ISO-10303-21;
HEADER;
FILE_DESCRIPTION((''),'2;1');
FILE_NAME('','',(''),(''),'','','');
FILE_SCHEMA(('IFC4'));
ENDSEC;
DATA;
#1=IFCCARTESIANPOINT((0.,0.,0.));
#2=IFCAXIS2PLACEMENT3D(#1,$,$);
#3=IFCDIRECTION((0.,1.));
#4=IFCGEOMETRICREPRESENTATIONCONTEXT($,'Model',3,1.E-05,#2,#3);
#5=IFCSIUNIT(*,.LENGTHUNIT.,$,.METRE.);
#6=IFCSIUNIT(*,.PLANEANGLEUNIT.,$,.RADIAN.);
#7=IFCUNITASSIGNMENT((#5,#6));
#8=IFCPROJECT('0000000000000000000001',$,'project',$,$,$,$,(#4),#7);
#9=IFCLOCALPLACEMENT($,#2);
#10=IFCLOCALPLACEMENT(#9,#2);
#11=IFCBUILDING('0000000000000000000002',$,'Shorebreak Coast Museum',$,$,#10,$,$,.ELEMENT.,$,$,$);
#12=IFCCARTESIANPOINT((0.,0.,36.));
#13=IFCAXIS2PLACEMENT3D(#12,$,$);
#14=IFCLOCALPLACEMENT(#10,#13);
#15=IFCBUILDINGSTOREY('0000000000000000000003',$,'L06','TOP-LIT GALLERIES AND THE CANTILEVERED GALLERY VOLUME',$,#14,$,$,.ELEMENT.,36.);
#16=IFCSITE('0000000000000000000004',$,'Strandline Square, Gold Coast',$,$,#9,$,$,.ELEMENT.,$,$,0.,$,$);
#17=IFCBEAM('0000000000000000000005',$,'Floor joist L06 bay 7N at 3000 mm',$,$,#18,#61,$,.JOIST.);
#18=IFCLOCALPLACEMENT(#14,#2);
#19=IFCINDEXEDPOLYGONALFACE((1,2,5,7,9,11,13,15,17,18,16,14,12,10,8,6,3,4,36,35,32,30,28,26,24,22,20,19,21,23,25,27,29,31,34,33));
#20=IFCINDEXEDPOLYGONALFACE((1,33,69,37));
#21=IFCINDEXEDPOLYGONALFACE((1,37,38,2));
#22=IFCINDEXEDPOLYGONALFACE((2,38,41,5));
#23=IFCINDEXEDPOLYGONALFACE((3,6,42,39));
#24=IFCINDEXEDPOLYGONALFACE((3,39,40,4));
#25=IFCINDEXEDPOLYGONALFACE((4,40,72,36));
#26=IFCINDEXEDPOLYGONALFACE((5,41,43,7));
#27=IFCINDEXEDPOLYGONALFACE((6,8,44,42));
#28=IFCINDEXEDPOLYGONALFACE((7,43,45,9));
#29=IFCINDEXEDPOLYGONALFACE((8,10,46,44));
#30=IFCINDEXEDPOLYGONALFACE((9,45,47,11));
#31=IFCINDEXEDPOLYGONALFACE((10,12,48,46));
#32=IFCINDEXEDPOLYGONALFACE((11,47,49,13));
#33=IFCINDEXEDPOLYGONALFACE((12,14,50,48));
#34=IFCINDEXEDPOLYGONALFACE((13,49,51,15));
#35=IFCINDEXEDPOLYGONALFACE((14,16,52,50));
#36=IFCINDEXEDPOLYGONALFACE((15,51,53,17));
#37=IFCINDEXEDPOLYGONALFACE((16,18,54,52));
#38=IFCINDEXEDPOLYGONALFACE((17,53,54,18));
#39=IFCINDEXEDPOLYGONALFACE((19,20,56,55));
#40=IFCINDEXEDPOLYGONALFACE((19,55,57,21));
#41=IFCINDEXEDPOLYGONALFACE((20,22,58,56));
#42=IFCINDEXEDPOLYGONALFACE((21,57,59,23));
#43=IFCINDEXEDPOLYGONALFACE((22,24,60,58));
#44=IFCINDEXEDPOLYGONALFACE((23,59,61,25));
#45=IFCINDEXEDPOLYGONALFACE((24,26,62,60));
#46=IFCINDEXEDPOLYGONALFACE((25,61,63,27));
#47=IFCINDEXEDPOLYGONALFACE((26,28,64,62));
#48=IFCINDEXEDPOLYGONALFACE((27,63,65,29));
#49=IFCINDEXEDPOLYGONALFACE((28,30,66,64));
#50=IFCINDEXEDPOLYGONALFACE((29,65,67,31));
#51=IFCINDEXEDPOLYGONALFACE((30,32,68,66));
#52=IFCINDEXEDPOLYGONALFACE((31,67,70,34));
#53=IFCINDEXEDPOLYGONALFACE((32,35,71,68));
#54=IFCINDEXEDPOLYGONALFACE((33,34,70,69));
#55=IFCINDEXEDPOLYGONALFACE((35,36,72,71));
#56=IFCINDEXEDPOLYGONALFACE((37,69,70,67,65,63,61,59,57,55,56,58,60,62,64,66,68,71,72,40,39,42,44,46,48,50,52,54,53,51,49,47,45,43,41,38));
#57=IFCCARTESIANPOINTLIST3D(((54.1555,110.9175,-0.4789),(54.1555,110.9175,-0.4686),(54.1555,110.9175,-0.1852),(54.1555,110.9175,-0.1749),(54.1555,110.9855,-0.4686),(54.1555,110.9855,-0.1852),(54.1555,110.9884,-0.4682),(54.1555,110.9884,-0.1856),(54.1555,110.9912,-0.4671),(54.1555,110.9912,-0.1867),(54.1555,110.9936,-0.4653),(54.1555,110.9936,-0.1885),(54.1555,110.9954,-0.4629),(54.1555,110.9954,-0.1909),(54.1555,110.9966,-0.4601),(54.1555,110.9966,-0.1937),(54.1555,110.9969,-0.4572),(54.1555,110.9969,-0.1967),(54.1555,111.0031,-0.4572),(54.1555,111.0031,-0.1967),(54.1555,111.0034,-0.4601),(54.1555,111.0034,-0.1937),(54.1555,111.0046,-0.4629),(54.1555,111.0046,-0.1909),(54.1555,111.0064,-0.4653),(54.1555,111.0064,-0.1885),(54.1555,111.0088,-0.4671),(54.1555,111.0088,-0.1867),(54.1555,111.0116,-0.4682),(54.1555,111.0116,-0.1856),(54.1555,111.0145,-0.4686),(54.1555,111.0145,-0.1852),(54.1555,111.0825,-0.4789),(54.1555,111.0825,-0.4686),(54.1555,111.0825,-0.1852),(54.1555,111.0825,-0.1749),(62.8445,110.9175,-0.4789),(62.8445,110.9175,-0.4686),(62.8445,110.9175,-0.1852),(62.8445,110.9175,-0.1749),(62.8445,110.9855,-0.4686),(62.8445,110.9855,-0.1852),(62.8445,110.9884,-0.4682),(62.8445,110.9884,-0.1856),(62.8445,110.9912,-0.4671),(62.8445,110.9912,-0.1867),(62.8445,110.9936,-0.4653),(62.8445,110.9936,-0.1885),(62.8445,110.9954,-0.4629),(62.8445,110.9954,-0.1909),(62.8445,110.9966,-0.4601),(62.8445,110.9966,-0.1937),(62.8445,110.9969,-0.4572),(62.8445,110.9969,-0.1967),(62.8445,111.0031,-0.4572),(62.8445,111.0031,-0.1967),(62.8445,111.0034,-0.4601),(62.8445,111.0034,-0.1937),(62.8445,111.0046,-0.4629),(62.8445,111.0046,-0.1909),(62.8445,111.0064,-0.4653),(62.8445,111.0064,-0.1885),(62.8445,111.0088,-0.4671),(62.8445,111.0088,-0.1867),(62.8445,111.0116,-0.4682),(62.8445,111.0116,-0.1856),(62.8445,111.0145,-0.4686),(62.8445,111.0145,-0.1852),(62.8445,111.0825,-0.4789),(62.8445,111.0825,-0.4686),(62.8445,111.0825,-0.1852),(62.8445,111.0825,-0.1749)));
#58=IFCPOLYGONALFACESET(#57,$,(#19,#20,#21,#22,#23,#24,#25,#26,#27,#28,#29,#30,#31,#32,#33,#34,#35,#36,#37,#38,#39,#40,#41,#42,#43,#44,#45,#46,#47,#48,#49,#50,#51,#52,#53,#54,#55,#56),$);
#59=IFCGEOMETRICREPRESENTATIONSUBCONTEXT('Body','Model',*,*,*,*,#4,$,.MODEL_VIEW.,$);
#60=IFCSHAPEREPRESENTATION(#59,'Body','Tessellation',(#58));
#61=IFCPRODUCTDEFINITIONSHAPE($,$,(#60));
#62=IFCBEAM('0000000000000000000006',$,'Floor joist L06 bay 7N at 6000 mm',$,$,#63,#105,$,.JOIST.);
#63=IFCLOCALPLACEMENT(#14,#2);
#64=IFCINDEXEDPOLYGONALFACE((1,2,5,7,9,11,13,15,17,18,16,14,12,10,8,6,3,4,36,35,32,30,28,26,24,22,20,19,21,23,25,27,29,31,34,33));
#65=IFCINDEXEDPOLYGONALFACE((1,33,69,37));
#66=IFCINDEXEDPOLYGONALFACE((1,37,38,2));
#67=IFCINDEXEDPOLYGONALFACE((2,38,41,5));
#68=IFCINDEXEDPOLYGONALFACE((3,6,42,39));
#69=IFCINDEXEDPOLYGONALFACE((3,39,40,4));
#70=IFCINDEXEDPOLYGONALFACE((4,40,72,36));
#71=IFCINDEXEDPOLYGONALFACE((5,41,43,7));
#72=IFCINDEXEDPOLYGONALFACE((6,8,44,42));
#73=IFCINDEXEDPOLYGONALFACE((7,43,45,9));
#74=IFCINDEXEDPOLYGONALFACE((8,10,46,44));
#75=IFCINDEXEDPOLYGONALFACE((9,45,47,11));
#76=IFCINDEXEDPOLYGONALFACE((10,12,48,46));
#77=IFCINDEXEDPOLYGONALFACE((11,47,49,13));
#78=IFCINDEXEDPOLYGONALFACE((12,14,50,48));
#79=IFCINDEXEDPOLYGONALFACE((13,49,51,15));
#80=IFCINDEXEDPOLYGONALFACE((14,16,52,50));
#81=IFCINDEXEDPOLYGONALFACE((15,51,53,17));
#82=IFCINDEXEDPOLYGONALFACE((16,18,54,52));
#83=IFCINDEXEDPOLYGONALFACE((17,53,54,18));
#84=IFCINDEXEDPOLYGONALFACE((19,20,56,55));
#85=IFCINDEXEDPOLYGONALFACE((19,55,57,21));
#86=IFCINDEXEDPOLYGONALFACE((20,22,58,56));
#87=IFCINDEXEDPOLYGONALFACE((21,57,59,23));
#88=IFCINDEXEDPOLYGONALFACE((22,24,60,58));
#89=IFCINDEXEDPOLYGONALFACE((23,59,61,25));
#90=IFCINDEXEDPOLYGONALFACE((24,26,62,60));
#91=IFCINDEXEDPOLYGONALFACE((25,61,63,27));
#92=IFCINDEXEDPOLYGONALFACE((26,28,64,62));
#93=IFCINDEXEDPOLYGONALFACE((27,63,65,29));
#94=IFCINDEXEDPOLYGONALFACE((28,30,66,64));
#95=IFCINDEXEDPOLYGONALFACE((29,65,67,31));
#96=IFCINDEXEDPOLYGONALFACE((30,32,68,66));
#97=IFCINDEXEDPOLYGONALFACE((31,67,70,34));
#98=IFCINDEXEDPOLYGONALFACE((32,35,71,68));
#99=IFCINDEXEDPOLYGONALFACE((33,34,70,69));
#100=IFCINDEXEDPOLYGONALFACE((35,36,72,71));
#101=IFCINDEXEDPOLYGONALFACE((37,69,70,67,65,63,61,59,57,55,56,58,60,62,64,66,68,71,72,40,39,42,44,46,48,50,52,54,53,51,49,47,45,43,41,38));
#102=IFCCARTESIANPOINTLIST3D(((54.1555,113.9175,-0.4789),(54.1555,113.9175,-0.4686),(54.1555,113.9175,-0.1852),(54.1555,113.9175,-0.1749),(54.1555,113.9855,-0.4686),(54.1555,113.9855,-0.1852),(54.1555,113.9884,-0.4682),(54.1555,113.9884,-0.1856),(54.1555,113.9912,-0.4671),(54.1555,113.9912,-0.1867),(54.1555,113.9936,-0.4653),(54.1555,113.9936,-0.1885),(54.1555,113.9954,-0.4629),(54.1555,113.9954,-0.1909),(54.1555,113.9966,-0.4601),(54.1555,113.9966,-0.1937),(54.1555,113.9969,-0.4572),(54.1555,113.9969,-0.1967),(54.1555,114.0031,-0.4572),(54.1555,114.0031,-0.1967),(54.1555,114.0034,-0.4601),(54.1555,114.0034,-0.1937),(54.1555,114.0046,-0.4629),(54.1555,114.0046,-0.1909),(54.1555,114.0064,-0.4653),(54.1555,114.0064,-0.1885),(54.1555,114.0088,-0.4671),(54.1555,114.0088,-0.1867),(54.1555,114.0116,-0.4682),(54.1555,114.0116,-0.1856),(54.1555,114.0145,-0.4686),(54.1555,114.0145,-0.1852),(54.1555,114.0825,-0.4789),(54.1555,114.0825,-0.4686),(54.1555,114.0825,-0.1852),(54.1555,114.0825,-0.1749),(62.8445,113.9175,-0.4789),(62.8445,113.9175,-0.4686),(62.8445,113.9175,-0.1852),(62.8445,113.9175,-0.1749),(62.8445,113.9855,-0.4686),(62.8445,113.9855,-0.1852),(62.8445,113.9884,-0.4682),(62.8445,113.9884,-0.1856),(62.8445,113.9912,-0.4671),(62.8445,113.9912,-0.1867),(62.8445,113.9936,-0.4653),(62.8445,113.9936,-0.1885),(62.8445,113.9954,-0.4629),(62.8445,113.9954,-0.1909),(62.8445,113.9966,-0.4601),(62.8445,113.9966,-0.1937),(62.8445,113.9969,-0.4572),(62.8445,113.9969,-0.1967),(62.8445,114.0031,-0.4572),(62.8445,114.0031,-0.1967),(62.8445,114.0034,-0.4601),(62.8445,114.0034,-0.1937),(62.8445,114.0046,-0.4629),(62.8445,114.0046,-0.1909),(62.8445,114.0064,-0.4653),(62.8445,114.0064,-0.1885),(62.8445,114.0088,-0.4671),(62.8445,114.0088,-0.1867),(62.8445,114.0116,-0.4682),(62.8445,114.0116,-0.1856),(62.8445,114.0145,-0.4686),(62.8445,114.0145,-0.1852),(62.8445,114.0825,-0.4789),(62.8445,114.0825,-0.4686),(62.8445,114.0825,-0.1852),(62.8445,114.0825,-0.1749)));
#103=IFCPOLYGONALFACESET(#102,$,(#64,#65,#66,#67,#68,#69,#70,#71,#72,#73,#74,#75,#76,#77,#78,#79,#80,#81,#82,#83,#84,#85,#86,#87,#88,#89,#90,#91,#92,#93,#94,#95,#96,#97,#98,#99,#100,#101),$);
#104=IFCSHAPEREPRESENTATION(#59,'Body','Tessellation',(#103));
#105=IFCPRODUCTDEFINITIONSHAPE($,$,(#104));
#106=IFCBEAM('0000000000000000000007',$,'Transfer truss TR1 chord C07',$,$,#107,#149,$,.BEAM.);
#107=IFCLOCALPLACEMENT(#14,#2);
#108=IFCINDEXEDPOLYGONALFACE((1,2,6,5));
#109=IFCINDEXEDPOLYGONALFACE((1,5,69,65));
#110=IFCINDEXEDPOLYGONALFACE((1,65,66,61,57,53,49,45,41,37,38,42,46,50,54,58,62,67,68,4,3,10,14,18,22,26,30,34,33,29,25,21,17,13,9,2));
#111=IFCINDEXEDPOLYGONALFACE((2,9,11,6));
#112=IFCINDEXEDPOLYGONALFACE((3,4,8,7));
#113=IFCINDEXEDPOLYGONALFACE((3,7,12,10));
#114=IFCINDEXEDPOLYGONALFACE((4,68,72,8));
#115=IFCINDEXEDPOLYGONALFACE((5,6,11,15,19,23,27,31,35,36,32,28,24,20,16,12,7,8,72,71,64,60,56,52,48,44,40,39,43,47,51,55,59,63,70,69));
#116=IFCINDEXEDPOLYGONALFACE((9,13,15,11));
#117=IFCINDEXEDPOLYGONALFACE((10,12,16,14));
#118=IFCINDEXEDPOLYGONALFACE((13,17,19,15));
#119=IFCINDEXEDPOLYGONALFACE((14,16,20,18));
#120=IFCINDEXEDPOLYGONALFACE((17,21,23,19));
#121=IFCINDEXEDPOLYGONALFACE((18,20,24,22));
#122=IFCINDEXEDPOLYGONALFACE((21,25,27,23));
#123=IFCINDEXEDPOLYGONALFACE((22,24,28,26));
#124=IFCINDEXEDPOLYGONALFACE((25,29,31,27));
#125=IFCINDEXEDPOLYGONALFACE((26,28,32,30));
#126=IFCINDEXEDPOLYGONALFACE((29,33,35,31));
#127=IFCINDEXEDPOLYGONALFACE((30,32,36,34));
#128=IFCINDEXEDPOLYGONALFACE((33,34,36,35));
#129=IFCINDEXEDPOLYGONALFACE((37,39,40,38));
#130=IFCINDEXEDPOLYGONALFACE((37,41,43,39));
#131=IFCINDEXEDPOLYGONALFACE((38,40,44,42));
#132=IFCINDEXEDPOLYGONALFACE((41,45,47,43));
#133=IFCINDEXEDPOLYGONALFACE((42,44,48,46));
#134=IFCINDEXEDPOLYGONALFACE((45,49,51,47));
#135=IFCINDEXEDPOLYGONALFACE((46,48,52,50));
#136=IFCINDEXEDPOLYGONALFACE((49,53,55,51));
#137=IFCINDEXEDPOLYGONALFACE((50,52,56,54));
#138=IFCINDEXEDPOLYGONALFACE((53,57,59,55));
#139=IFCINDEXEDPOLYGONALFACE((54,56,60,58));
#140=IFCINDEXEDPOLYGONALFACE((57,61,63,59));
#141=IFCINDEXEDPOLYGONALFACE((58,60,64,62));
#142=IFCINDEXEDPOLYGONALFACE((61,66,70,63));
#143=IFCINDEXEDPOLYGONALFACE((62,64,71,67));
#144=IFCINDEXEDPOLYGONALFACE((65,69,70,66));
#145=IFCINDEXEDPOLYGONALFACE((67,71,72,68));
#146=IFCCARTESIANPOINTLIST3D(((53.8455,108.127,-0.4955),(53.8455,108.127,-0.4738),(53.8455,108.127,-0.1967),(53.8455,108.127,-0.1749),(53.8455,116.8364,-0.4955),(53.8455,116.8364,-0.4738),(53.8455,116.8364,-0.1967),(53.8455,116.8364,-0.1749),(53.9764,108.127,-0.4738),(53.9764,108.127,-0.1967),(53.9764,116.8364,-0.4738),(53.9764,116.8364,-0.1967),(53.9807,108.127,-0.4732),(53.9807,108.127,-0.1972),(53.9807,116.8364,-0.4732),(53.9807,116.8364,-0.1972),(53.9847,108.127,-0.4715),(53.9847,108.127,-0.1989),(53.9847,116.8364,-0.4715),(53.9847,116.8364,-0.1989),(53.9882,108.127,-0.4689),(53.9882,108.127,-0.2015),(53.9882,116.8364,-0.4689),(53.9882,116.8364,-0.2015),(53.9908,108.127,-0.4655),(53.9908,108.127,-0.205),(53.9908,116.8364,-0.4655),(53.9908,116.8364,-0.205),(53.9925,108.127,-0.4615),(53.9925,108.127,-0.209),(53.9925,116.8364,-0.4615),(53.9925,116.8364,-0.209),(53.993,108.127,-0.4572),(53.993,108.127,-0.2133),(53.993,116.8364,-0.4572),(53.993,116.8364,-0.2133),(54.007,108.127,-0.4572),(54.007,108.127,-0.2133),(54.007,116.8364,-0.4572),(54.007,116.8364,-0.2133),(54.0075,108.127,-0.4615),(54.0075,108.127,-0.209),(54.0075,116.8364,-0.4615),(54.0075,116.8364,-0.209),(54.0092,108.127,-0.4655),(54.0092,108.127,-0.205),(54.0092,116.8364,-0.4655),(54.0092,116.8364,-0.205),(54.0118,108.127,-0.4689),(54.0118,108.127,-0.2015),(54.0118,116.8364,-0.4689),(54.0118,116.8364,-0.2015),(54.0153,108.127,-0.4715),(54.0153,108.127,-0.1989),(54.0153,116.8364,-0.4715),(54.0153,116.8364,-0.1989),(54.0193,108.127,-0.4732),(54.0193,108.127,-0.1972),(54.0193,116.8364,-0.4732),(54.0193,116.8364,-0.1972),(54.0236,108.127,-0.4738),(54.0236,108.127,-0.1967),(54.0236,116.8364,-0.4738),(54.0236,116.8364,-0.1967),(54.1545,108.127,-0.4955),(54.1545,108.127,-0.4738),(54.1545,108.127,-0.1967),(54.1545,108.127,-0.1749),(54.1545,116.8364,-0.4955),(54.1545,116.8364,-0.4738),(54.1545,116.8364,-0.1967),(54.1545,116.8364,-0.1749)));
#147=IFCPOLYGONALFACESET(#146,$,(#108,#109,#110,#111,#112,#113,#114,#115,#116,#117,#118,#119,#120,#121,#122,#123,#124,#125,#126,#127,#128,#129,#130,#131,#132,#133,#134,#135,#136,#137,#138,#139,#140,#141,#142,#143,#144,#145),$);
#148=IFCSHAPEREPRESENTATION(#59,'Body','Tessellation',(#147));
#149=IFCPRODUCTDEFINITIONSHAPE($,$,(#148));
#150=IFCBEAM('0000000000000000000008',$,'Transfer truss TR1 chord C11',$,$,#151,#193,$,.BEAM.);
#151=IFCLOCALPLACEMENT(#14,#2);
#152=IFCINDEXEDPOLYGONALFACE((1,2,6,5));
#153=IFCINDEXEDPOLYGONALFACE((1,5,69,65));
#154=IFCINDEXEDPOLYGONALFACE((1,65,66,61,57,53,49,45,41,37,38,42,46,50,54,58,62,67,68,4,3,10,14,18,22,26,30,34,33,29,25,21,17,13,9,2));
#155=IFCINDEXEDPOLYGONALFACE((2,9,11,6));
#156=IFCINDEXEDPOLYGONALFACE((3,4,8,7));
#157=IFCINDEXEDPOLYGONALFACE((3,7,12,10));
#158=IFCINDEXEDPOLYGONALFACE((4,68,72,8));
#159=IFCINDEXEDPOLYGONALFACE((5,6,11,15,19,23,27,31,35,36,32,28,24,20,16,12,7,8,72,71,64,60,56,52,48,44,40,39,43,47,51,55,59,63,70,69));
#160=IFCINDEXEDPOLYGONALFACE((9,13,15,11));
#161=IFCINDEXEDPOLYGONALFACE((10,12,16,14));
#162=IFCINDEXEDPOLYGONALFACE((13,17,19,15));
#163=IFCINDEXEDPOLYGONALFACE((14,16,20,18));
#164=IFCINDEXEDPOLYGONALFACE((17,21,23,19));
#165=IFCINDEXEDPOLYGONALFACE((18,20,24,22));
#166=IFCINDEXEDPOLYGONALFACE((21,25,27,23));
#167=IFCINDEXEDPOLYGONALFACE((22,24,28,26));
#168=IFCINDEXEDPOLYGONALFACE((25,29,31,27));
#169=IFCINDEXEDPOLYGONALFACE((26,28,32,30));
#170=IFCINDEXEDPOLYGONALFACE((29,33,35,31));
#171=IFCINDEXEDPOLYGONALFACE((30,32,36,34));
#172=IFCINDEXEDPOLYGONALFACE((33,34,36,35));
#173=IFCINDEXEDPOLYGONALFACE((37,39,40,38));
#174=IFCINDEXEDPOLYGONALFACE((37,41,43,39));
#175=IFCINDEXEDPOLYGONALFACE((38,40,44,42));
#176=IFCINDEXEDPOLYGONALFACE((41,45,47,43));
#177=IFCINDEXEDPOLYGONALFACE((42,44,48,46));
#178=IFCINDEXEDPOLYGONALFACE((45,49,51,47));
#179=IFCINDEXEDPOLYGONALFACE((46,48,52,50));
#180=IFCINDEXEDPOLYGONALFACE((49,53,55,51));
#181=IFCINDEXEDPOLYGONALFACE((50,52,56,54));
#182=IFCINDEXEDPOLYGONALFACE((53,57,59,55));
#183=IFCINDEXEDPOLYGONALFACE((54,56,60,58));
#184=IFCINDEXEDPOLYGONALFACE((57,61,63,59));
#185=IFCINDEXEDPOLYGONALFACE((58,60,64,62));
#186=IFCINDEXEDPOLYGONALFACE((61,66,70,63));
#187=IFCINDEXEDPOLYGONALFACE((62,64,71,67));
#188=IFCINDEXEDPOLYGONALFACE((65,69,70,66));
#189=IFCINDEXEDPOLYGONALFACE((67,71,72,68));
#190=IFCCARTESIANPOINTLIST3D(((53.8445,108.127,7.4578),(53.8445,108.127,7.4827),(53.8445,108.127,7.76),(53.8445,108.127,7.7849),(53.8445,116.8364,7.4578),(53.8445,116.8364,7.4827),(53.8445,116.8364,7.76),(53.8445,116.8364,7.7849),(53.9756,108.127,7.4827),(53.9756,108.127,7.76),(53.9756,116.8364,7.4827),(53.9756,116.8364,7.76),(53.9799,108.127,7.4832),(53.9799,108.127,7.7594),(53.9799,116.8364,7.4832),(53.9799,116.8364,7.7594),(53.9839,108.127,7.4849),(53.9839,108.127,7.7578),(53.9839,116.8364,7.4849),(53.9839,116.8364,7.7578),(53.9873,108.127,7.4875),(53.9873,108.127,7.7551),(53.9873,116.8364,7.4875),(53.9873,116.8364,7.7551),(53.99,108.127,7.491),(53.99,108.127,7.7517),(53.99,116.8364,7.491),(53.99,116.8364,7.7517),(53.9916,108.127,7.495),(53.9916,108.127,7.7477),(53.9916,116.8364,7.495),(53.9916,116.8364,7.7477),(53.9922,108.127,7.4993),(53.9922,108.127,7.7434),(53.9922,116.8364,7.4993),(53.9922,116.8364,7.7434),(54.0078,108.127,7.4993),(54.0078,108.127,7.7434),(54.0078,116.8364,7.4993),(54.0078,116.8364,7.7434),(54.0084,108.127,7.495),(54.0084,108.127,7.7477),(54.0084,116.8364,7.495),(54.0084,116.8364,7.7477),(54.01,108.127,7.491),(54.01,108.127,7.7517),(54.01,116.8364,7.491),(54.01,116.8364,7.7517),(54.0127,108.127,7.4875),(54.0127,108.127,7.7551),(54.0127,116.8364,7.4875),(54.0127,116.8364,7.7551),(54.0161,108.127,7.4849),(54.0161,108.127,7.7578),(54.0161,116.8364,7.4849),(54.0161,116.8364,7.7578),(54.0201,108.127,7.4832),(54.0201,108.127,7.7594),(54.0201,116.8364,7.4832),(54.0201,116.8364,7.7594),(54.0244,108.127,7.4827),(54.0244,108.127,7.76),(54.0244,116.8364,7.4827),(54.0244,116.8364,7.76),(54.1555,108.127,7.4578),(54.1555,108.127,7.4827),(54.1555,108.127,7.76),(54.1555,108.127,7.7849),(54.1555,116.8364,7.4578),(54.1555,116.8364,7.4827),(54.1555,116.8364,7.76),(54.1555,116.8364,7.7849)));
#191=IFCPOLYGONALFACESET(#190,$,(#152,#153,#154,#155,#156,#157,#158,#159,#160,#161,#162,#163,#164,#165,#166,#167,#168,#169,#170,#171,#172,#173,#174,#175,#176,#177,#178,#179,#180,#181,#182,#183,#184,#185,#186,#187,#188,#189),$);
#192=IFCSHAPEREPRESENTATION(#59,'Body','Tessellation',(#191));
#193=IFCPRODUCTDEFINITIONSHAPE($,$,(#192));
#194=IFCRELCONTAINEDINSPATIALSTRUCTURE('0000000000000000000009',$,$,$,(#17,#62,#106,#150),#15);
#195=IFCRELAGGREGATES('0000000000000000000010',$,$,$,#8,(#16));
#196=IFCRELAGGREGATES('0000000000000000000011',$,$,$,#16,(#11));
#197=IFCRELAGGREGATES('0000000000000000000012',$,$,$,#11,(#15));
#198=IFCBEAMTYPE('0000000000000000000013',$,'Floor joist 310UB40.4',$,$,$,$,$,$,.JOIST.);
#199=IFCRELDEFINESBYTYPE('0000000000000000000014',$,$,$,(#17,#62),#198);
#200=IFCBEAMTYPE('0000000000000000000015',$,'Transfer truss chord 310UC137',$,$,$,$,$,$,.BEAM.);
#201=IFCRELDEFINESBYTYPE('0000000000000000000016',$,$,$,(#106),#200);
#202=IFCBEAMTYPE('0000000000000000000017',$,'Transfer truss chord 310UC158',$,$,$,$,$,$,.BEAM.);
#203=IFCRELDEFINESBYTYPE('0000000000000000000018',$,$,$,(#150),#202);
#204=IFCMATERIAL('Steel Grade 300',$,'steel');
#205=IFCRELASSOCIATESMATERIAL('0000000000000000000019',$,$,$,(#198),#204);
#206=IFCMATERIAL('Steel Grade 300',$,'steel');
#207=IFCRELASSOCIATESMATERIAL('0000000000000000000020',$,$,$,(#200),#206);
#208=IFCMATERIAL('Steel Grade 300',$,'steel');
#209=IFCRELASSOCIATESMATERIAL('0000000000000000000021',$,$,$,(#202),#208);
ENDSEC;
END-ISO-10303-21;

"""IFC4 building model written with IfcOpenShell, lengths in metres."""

from ifc_helpers import new_model, si_unit, direction, frame, origin, origin_2d, place, context, subcontext, project, spatial, i_section, extrude, material, material_profile, profile_set, type_object, element, save


model = new_model("IFC4")

# Units and contexts
model_context = context("Model", 3, precision=1e-05, world=origin(), true_north=direction((0.0, 1.0)))
body_context = subcontext(model_context, "Body", "Model", "MODEL_VIEW")
ifc_project = project(units=[si_unit("LENGTHUNIT", "METRE"), si_unit("PLANEANGLEUNIT", "RADIAN")], contexts=[model_context])

# Site, building, storey
site_placement = place(None, origin())
site = spatial("IfcSite", under=ifc_project, at=site_placement, Name="Strandline Square, Gold Coast", CompositionType="ELEMENT", RefElevation=0.0)
building_placement = place(site_placement, origin())
building = spatial("IfcBuilding", under=site, at=building_placement, Name="Shorebreak Coast Museum", CompositionType="ELEMENT")
storey_placement = place(building_placement, frame((0.0, 0.0, 36.0)))
storey = spatial("IfcBuildingStorey", under=building, at=storey_placement, Name="L06", Description="TOP-LIT GALLERIES AND THE CANTILEVERED GALLERY VOLUME", CompositionType="ELEMENT", Elevation=36.0)

# Beams
ifc_material_1 = material(Name="Steel Grade 300", Category="steel")
ifc_material_profile_1 = material_profile(ifc_material_1, i_section(OverallWidth=0.165, OverallDepth=0.304, WebThickness=0.0061, FlangeThickness=0.0103, FilletRadius=0.0115, at=origin_2d()), Name="310UB40.4")
ifc_profile_set_1 = profile_set([ifc_material_profile_1], Name="Steel Grade 300")
beam_type_1 = type_object("IfcBeamType", Name="Floor joist 310UB40.4", PredefinedType="JOIST", material=ifc_profile_set_1)
for number, where, z_axis, x_axis, name in (
    (1, (54.1555, 111.0, -0.3269), (1.0, 0.0, 0.0), (0.0, 1.0, 0.0), "Floor joist L06 bay 7N at 3000 mm"),
    (2, (54.1555, 114.0, -0.3269), (1.0, 0.0, 0.0), (0.0, 1.0, 0.0), "Floor joist L06 bay 7N at 6000 mm"),
):
    element("IfcBeam", number, at=place(storey_placement, frame(where, z_axis=z_axis, x_axis=x_axis)), inside=storey, type_object=beam_type_1, Name=name, PredefinedType="JOIST", context=body_context, shape_type="SweptSolid", body=[
        extrude(i_section(OverallWidth=0.165, OverallDepth=0.304, WebThickness=0.0061, FlangeThickness=0.0103, FilletRadius=0.0115, at=origin_2d()), origin(), (0.0, 0.0, 1.0), 8.689),
    ])
ifc_material_2 = material(Name="Steel Grade 300", Category="steel")
ifc_material_profile_2 = material_profile(ifc_material_2, i_section(OverallWidth=0.3091, OverallDepth=0.3206, WebThickness=0.0139, FlangeThickness=0.0217, FilletRadius=0.0166, at=origin_2d()), Name="310UC137")
ifc_profile_set_2 = profile_set([ifc_material_profile_2], Name="Steel Grade 300")
beam_type_2 = type_object("IfcBeamType", Name="Transfer truss chord 310UC137", PredefinedType="BEAM", material=ifc_profile_set_2)
beam_1_placement = place(storey_placement, frame((54.0, 108.127, -0.3352), z_axis=(0.0, 1.0, 0.0), x_axis=(-1.0, 0.0, 0.0)))
element("IfcBeam", 3, at=beam_1_placement, inside=storey, type_object=beam_type_2, Name="Transfer truss TR1 chord C07", PredefinedType="BEAM", context=body_context, shape_type="SweptSolid", body=[
    extrude(i_section(OverallWidth=0.3091, OverallDepth=0.3206, WebThickness=0.0139, FlangeThickness=0.0217, FilletRadius=0.0166, at=origin_2d()), origin(), (0.0, 0.0, 1.0), 8.7095),
])
ifc_material_3 = material(Name="Steel Grade 300", Category="steel")
ifc_material_profile_3 = material_profile(ifc_material_3, i_section(OverallWidth=0.311, OverallDepth=0.3271, WebThickness=0.0156, FlangeThickness=0.0249, FilletRadius=0.0166, at=origin_2d()), Name="310UC158")
ifc_profile_set_3 = profile_set([ifc_material_profile_3], Name="Steel Grade 300")
beam_type_3 = type_object("IfcBeamType", Name="Transfer truss chord 310UC158", PredefinedType="BEAM", material=ifc_profile_set_3)
beam_2_placement = place(storey_placement, frame((54.0, 108.127, 7.6213), z_axis=(0.0, 1.0, 0.0), x_axis=(-1.0, 0.0, 0.0)))
element("IfcBeam", 4, at=beam_2_placement, inside=storey, type_object=beam_type_3, Name="Transfer truss TR1 chord C11", PredefinedType="BEAM", context=body_context, shape_type="SweptSolid", body=[
    extrude(i_section(OverallWidth=0.311, OverallDepth=0.3271, WebThickness=0.0156, FlangeThickness=0.0249, FilletRadius=0.0166, at=origin_2d()), origin(), (0.0, 0.0, 1.0), 8.7095),
])

save(model, "model.ifc")
